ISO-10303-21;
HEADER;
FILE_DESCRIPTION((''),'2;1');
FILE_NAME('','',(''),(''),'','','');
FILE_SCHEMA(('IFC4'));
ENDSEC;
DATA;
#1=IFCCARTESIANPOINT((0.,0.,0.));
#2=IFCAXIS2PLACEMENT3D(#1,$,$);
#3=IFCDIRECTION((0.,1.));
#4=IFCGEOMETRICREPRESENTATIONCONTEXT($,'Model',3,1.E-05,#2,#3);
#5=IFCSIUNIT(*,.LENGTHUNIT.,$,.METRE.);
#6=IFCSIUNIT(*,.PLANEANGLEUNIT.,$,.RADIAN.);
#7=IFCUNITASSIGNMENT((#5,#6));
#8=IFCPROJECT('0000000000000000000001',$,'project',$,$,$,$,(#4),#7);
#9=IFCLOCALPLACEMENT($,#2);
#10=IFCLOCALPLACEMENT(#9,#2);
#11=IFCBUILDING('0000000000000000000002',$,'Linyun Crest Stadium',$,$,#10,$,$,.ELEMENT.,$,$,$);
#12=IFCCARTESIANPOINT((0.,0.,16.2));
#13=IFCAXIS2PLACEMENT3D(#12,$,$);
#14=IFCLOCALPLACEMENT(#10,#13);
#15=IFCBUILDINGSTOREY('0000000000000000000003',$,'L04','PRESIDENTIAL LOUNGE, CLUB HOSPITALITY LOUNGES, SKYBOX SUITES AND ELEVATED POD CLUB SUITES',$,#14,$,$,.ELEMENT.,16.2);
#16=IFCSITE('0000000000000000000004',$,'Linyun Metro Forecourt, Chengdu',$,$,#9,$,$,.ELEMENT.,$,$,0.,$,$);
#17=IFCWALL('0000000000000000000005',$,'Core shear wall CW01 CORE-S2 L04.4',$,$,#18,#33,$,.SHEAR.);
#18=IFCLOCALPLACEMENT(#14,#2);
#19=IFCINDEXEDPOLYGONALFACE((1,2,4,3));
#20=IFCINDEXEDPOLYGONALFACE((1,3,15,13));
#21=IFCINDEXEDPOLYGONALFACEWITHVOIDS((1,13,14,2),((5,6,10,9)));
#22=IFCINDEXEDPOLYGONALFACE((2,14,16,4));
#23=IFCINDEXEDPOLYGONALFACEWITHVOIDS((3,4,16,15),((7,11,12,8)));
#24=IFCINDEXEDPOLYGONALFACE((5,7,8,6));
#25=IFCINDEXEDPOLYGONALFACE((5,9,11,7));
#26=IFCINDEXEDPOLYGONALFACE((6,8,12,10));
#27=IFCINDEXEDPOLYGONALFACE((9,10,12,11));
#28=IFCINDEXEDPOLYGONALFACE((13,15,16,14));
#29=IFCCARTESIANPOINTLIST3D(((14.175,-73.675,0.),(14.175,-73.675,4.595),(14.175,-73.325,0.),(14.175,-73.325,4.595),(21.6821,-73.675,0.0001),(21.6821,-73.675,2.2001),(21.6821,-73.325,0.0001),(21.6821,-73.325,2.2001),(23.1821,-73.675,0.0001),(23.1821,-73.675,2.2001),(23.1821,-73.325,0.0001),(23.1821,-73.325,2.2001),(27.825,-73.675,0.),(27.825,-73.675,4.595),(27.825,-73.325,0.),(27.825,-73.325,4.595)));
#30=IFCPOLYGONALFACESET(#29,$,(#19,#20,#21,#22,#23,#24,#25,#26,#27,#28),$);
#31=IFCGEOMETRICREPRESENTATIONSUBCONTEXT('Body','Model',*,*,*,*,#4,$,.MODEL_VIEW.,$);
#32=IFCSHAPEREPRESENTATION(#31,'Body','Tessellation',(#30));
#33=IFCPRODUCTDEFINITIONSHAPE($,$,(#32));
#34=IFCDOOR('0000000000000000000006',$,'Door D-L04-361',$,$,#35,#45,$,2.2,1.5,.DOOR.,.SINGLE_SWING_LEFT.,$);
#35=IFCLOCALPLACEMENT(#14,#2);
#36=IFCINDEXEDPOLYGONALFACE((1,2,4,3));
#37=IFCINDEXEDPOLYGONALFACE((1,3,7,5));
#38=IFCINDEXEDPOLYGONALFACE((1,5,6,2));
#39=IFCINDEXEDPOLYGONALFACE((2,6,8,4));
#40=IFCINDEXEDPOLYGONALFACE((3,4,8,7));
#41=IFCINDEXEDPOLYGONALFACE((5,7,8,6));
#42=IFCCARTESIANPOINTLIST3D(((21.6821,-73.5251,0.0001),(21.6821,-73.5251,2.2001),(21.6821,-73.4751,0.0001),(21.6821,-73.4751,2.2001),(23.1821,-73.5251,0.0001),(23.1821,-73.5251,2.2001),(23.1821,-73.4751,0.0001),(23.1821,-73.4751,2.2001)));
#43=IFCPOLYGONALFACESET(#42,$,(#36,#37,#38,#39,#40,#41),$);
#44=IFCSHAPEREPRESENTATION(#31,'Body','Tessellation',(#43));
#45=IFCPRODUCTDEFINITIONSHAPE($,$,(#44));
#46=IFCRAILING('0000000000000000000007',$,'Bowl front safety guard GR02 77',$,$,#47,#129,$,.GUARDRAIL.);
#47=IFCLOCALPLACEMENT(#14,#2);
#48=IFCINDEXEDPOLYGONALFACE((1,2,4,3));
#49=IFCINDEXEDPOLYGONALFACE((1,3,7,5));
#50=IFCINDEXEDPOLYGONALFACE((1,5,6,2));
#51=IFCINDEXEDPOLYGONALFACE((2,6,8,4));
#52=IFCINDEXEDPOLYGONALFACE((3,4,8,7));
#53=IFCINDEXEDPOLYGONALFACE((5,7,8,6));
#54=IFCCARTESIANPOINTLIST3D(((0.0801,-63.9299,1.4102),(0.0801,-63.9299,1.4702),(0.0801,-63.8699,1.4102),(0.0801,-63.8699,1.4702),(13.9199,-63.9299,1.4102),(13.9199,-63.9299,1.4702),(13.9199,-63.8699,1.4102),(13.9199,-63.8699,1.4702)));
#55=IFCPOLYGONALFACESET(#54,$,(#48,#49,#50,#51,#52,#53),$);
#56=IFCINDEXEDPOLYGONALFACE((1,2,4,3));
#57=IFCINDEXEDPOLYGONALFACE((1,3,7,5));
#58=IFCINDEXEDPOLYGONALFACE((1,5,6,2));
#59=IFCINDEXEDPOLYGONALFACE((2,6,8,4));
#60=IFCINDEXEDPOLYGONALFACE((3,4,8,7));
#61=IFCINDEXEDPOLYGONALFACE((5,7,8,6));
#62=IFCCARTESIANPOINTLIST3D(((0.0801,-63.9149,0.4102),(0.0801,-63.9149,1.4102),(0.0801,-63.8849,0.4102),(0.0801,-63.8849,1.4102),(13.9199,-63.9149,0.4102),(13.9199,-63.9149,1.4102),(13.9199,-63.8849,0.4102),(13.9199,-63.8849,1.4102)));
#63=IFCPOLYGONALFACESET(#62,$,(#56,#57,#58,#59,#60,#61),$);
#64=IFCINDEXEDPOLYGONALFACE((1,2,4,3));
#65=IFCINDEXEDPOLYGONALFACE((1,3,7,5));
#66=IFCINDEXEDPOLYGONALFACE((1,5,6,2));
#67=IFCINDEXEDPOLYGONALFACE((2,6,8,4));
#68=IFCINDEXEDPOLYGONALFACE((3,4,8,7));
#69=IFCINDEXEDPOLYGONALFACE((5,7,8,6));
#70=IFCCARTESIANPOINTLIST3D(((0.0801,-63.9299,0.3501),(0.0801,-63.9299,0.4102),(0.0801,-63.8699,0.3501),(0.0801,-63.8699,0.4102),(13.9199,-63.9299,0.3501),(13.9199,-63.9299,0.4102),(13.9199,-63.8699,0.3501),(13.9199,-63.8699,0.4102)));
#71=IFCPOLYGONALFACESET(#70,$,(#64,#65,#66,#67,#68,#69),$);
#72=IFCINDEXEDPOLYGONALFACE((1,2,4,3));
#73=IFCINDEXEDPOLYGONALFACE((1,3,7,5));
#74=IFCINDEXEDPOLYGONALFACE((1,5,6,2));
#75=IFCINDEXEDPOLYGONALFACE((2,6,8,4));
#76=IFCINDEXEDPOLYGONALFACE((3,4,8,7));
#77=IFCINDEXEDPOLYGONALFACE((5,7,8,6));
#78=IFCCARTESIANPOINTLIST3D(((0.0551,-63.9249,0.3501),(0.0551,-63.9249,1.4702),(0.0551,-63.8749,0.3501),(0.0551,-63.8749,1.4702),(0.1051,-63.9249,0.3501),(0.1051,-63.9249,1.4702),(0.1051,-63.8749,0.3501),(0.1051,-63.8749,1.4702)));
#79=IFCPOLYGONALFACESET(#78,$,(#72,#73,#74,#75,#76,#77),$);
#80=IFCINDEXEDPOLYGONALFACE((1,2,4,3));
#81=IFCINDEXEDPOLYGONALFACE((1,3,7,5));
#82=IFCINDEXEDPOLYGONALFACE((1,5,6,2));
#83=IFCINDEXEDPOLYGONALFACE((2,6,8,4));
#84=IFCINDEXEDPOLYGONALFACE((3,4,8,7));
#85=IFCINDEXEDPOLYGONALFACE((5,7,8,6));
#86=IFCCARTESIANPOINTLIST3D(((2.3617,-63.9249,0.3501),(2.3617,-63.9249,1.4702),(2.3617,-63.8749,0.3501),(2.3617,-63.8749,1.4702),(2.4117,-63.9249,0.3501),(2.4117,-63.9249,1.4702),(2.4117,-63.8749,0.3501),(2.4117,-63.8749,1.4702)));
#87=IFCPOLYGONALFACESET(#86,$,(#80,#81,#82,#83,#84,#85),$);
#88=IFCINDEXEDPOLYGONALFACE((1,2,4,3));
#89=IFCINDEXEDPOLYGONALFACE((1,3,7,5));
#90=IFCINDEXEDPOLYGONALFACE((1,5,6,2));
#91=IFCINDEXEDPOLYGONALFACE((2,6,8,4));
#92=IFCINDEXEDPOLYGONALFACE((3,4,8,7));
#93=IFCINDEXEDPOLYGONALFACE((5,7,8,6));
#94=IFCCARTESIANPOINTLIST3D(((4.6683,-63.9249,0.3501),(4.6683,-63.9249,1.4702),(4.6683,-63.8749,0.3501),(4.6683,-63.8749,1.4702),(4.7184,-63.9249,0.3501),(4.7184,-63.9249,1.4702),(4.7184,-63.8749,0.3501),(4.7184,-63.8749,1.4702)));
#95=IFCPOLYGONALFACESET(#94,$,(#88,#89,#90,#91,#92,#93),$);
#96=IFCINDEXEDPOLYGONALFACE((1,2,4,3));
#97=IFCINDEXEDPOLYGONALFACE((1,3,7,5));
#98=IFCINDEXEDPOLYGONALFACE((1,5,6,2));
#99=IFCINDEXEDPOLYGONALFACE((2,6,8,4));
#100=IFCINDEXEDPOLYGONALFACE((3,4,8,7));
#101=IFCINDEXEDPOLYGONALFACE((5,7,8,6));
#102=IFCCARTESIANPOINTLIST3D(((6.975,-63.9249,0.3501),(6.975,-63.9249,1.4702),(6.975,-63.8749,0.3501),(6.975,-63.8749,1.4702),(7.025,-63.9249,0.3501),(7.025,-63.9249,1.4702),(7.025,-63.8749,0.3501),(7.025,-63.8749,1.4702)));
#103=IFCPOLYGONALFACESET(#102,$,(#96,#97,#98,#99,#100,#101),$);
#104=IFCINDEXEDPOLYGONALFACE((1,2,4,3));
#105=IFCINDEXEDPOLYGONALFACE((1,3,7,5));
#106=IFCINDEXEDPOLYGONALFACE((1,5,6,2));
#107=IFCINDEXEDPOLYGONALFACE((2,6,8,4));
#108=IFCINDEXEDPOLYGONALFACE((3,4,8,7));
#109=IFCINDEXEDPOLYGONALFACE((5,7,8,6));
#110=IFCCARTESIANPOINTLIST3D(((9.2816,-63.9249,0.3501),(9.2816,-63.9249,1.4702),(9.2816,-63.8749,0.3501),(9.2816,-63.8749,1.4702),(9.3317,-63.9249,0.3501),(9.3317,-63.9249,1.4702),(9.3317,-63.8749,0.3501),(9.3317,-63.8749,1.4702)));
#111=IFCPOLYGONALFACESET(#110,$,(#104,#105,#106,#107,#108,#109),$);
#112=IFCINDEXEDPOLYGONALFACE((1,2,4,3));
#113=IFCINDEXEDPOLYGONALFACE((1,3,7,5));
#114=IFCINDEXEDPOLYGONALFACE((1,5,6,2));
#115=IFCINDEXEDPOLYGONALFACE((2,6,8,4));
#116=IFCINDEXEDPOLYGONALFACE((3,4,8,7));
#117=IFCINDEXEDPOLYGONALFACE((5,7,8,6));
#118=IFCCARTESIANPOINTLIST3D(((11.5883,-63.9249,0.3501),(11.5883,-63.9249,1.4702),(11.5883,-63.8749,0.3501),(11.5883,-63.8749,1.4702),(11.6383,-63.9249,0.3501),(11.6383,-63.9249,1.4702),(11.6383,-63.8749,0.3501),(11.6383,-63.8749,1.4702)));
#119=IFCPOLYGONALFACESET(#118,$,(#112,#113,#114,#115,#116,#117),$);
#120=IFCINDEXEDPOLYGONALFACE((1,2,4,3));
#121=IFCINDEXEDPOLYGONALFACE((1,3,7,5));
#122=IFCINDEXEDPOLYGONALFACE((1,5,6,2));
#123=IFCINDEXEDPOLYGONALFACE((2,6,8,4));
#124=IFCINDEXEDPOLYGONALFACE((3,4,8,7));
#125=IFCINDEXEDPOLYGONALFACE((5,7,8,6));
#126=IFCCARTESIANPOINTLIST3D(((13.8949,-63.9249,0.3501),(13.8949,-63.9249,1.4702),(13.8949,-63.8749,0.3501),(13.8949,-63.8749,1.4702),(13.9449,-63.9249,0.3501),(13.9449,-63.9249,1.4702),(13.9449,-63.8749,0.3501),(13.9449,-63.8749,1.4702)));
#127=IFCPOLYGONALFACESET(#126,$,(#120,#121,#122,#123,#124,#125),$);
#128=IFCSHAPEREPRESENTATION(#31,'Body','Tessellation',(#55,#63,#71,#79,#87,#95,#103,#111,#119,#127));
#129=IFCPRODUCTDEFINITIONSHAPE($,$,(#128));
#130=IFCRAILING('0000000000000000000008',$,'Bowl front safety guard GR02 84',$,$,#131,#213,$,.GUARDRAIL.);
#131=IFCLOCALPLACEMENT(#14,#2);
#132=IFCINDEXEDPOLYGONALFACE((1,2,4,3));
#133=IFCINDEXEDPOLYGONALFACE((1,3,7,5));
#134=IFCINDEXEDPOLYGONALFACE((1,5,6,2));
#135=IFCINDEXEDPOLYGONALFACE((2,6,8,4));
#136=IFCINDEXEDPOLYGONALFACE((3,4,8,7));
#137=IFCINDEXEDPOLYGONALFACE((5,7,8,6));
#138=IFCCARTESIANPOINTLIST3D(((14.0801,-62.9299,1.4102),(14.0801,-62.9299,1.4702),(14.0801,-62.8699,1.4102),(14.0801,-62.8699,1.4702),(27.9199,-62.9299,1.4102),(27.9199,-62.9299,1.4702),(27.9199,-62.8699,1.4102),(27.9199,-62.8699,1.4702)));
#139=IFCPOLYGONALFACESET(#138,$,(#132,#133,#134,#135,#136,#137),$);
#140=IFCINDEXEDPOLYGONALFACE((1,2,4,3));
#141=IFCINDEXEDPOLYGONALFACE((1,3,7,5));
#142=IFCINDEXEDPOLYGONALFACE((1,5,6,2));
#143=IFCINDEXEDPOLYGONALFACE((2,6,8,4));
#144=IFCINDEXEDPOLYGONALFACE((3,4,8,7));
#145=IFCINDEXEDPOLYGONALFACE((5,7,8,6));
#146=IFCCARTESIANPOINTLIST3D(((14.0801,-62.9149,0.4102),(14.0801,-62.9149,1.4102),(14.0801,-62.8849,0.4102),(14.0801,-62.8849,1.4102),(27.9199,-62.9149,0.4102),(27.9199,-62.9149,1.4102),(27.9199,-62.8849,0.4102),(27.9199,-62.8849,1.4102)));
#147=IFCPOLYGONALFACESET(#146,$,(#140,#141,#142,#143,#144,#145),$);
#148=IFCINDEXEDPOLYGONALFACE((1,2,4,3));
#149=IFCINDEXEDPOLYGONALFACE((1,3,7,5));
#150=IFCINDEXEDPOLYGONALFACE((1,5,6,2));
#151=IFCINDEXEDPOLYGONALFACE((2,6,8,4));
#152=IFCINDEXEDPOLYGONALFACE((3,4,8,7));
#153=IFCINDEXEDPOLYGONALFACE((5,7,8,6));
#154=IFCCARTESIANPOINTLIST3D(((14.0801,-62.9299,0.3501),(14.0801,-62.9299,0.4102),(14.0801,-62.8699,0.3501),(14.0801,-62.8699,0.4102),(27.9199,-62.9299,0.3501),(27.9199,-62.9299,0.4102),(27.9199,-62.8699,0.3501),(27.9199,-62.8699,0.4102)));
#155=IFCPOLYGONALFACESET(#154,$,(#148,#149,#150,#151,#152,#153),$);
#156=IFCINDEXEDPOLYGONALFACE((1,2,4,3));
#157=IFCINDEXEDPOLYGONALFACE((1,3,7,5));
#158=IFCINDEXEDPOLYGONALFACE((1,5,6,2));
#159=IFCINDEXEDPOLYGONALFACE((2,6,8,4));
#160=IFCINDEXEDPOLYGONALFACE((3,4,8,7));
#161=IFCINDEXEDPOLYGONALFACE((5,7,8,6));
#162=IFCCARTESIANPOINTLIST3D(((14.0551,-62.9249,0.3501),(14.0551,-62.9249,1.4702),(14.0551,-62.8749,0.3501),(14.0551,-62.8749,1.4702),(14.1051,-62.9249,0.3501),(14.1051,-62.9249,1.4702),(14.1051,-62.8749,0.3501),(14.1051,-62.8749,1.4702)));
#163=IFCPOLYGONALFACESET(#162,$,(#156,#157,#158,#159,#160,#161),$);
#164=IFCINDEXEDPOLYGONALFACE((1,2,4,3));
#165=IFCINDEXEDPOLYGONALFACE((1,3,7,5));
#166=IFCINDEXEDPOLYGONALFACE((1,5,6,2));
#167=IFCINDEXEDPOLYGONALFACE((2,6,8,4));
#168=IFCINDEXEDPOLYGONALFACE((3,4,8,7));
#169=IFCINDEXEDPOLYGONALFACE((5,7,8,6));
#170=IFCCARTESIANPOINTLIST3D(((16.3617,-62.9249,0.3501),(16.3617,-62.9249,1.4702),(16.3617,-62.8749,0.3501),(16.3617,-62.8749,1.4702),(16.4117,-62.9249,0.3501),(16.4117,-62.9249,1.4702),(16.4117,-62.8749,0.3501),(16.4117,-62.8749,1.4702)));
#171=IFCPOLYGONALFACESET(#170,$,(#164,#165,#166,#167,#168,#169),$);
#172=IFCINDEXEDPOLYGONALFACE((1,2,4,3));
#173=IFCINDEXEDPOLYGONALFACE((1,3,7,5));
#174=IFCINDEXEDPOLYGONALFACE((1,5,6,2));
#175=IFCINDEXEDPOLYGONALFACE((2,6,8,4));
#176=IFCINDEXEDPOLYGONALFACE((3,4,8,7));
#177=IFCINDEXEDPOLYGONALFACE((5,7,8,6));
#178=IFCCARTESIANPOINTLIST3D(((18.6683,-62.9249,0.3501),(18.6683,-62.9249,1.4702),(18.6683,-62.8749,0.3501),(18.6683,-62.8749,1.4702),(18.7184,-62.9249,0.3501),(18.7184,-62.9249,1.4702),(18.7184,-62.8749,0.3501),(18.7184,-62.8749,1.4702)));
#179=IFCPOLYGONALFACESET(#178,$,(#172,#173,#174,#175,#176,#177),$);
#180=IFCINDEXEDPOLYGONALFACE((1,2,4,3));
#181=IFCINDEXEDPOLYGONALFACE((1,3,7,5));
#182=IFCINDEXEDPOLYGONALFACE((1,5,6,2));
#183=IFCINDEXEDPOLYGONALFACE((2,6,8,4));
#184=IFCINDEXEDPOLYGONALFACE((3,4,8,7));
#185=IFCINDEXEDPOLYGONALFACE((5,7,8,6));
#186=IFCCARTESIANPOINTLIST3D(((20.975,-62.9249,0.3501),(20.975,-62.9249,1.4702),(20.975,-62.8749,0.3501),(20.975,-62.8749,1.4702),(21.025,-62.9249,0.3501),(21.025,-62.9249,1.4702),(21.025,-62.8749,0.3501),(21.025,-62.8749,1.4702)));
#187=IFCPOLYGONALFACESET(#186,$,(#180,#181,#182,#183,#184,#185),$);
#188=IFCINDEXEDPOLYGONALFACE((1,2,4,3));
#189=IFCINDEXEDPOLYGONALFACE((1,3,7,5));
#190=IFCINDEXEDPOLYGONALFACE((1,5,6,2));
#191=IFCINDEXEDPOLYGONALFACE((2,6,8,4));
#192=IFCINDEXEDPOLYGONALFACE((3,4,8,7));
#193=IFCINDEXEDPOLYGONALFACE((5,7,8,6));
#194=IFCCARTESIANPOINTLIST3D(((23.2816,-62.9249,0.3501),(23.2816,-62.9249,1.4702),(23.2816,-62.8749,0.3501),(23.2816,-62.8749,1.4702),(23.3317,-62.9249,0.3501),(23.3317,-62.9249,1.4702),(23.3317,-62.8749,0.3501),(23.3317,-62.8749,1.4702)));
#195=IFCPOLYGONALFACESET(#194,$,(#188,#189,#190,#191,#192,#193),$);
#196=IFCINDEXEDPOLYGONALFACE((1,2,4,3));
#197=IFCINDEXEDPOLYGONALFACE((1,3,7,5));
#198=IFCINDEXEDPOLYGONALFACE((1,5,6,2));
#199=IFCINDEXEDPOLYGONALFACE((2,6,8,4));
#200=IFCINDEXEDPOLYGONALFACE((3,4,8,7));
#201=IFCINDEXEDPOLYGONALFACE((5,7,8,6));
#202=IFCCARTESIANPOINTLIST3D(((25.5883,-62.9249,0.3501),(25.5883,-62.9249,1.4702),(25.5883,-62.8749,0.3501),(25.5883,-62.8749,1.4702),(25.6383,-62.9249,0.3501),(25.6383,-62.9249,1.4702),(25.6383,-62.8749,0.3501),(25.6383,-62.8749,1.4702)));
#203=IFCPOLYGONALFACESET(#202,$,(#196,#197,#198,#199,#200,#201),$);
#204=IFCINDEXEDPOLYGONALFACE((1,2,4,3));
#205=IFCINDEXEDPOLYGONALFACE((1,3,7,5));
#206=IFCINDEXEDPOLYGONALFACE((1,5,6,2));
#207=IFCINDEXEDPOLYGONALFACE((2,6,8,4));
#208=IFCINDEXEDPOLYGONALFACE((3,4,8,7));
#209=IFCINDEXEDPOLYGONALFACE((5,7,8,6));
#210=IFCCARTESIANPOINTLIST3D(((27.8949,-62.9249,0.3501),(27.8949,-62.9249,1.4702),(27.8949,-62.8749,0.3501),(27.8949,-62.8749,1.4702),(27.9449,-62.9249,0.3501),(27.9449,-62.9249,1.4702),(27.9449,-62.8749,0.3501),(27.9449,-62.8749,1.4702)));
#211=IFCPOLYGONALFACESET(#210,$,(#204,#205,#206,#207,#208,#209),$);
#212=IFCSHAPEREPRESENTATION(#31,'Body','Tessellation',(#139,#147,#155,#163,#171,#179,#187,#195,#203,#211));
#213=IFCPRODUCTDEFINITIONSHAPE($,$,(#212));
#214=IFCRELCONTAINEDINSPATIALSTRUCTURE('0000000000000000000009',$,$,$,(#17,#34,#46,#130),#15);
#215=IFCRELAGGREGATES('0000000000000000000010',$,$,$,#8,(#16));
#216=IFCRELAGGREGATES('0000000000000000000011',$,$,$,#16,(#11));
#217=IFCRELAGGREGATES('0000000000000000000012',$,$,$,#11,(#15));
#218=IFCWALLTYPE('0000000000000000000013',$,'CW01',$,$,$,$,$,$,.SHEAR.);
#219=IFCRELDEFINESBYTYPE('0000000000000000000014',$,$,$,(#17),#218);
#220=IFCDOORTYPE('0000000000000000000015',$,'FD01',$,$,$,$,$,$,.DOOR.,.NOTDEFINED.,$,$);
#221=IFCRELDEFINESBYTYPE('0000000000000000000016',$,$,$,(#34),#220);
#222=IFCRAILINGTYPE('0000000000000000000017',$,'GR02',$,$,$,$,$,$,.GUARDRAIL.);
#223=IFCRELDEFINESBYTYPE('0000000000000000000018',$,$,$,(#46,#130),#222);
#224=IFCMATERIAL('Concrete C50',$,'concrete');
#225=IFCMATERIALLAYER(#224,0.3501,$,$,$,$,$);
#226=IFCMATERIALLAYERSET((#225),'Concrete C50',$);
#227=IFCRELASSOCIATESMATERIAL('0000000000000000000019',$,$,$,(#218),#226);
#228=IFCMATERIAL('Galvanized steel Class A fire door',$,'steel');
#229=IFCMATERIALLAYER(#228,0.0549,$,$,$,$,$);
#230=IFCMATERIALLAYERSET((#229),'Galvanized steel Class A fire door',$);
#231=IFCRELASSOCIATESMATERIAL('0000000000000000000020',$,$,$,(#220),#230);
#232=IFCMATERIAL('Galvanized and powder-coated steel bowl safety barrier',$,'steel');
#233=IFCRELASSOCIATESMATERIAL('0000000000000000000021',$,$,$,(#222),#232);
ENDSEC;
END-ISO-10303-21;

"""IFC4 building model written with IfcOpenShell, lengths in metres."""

from ifc_helpers import new_model, si_unit, direction, frame, frame_2d, origin, origin_2d, place, context, subcontext, project, spatial, rectangle, extrude, material, layer, layer_set, type_object, element, fill, save


model = new_model("IFC4")

# Units and contexts
model_context = context("Model", 3, precision=1e-05, world=origin(), true_north=direction((0.0, 1.0)))
body_context = subcontext(model_context, "Body", "Model", "MODEL_VIEW")
ifc_project = project(units=[si_unit("LENGTHUNIT", "METRE"), si_unit("PLANEANGLEUNIT", "RADIAN")], contexts=[model_context])

# Site, building, storey
site_placement = place(None, origin())
site = spatial("IfcSite", under=ifc_project, at=site_placement, Name="Linyun Metro Forecourt, Chengdu", CompositionType="ELEMENT", RefElevation=0.0)
building_placement = place(site_placement, origin())
building = spatial("IfcBuilding", under=site, at=building_placement, Name="Linyun Crest Stadium", CompositionType="ELEMENT")
storey_placement = place(building_placement, frame((0.0, 0.0, 16.2)))
storey = spatial("IfcBuildingStorey", under=building, at=storey_placement, Name="L04", Description="PRESIDENTIAL LOUNGE, CLUB HOSPITALITY LOUNGES, SKYBOX SUITES AND ELEVATED POD CLUB SUITES", CompositionType="ELEMENT", Elevation=16.2)

# Wall, opening, door
ifc_material_1 = material(Name="Concrete C50", Category="concrete")
ifc_layer_1 = layer(ifc_material_1, 0.3501)
ifc_layer_set_1 = layer_set([ifc_layer_1], Name="Concrete C50")
wall_type = type_object("IfcWallType", Name="CW01", PredefinedType="SHEAR", material=ifc_layer_set_1)
wall_placement = place(storey_placement, frame((14.175, -73.5, 0.0), z_axis=(0.0, 0.0, 1.0), x_axis=(1.0, 0.0, 0.0)))
wall = element("IfcWall", 1, at=wall_placement, inside=storey, type_object=wall_type, Name="Core shear wall CW01 CORE-S2 L04.4", PredefinedType="SHEAR", context=body_context, shape_type="SweptSolid", body=[
    extrude(rectangle(XDim=13.6499, YDim=0.3501, at=frame_2d((6.825, 0.0))), origin(), (0.0, 0.0, 1.0), 4.595),
])
opening_placement = place(wall_placement, frame((7.5071, 0.0, 0.0)))
opening = element("IfcOpeningElement", 2, at=opening_placement, cuts=wall, PredefinedType="OPENING", context=body_context, shape_type="SweptSolid", body=[
    extrude(rectangle(XDim=1.5, YDim=2.2, at=frame_2d((0.75, 1.1001))), frame((0.0, 0.1851, 0.0), z_axis=(0.0, -1.0, 0.0), x_axis=(1.0, 0.0, 0.0)), (0.0, 0.0, 1.0), 0.3701),
])
ifc_material_2 = material(Name="Galvanized steel Class A fire door", Category="steel")
ifc_layer_2 = layer(ifc_material_2, 0.0549)
ifc_layer_set_2 = layer_set([ifc_layer_2], Name="Galvanized steel Class A fire door")
door_type = type_object("IfcDoorType", Name="FD01", OperationType="NOTDEFINED", PredefinedType="DOOR", material=ifc_layer_set_2)
door_placement = place(opening_placement, origin())
door = element("IfcDoor", 3, at=door_placement, inside=storey, type_object=door_type, Name="Door D-L04-361", OperationType="SINGLE_SWING_LEFT", OverallHeight=2.2, OverallWidth=1.5, PredefinedType="DOOR", context=body_context, shape_type="SweptSolid", body=[
    extrude(rectangle(XDim=1.5, YDim=2.2, at=frame_2d((0.75, 1.1001))), frame((0.0, 0.0249, 0.0), z_axis=(0.0, -1.0, 0.0), x_axis=(1.0, 0.0, 0.0)), (0.0, 0.0, 1.0), 0.05),
])
fill(opening, door)

# Railings
ifc_material_3 = material(Name="Galvanized and powder-coated steel bowl safety barrier", Category="steel")
railing_type = type_object("IfcRailingType", Name="GR02", PredefinedType="GUARDRAIL", material=ifc_material_3)
for number, where, name in (
    (4, (0.0801, -63.8999, 0.3501), "Bowl front safety guard GR02 77"),
    (5, (14.0801, -62.8999, 0.3501), "Bowl front safety guard GR02 84"),
):
    element("IfcRailing", number, at=place(storey_placement, frame(where)), inside=storey, type_object=railing_type, Name=name, PredefinedType="GUARDRAIL", context=body_context, shape_type="SweptSolid", body=[
        extrude(rectangle(XDim=0.0601, YDim=0.0601, at=origin_2d()), frame((0.0, 0.0, 1.0901), z_axis=(1.0, 0.0, 0.0), x_axis=(0.0, 1.0, 0.0)), (0.0, 0.0, 1.0), 13.8398),
        extrude(rectangle(XDim=0.03, YDim=1.0, at=origin_2d()), frame((0.0, 0.0, 0.5601), z_axis=(1.0, 0.0, 0.0), x_axis=(0.0, 1.0, 0.0)), (0.0, 0.0, 1.0), 13.8398),
        extrude(rectangle(XDim=0.0601, YDim=0.0601, at=origin_2d()), frame((0.0, 0.0, 0.03), z_axis=(1.0, 0.0, 0.0), x_axis=(0.0, 1.0, 0.0)), (0.0, 0.0, 1.0), 13.8398),
        extrude(rectangle(XDim=0.05, YDim=0.05, at=origin_2d()), origin(), (0.0, 0.0, 1.0), 1.1201),
        extrude(rectangle(XDim=0.05, YDim=0.05, at=origin_2d()), frame((2.3066, 0.0, 0.0)), (0.0, 0.0, 1.0), 1.1201),
        extrude(rectangle(XDim=0.05, YDim=0.05, at=origin_2d()), frame((4.6133, 0.0, 0.0)), (0.0, 0.0, 1.0), 1.1201),
        extrude(rectangle(XDim=0.05, YDim=0.05, at=origin_2d()), frame((6.9199, 0.0, 0.0)), (0.0, 0.0, 1.0), 1.1201),
        extrude(rectangle(XDim=0.05, YDim=0.05, at=origin_2d()), frame((9.2266, 0.0, 0.0)), (0.0, 0.0, 1.0), 1.1201),
        extrude(rectangle(XDim=0.05, YDim=0.05, at=origin_2d()), frame((11.5332, 0.0, 0.0)), (0.0, 0.0, 1.0), 1.1201),
        extrude(rectangle(XDim=0.05, YDim=0.05, at=origin_2d()), frame((13.8398, 0.0, 0.0)), (0.0, 0.0, 1.0), 1.1201),
    ])

save(model, "model.ifc")
